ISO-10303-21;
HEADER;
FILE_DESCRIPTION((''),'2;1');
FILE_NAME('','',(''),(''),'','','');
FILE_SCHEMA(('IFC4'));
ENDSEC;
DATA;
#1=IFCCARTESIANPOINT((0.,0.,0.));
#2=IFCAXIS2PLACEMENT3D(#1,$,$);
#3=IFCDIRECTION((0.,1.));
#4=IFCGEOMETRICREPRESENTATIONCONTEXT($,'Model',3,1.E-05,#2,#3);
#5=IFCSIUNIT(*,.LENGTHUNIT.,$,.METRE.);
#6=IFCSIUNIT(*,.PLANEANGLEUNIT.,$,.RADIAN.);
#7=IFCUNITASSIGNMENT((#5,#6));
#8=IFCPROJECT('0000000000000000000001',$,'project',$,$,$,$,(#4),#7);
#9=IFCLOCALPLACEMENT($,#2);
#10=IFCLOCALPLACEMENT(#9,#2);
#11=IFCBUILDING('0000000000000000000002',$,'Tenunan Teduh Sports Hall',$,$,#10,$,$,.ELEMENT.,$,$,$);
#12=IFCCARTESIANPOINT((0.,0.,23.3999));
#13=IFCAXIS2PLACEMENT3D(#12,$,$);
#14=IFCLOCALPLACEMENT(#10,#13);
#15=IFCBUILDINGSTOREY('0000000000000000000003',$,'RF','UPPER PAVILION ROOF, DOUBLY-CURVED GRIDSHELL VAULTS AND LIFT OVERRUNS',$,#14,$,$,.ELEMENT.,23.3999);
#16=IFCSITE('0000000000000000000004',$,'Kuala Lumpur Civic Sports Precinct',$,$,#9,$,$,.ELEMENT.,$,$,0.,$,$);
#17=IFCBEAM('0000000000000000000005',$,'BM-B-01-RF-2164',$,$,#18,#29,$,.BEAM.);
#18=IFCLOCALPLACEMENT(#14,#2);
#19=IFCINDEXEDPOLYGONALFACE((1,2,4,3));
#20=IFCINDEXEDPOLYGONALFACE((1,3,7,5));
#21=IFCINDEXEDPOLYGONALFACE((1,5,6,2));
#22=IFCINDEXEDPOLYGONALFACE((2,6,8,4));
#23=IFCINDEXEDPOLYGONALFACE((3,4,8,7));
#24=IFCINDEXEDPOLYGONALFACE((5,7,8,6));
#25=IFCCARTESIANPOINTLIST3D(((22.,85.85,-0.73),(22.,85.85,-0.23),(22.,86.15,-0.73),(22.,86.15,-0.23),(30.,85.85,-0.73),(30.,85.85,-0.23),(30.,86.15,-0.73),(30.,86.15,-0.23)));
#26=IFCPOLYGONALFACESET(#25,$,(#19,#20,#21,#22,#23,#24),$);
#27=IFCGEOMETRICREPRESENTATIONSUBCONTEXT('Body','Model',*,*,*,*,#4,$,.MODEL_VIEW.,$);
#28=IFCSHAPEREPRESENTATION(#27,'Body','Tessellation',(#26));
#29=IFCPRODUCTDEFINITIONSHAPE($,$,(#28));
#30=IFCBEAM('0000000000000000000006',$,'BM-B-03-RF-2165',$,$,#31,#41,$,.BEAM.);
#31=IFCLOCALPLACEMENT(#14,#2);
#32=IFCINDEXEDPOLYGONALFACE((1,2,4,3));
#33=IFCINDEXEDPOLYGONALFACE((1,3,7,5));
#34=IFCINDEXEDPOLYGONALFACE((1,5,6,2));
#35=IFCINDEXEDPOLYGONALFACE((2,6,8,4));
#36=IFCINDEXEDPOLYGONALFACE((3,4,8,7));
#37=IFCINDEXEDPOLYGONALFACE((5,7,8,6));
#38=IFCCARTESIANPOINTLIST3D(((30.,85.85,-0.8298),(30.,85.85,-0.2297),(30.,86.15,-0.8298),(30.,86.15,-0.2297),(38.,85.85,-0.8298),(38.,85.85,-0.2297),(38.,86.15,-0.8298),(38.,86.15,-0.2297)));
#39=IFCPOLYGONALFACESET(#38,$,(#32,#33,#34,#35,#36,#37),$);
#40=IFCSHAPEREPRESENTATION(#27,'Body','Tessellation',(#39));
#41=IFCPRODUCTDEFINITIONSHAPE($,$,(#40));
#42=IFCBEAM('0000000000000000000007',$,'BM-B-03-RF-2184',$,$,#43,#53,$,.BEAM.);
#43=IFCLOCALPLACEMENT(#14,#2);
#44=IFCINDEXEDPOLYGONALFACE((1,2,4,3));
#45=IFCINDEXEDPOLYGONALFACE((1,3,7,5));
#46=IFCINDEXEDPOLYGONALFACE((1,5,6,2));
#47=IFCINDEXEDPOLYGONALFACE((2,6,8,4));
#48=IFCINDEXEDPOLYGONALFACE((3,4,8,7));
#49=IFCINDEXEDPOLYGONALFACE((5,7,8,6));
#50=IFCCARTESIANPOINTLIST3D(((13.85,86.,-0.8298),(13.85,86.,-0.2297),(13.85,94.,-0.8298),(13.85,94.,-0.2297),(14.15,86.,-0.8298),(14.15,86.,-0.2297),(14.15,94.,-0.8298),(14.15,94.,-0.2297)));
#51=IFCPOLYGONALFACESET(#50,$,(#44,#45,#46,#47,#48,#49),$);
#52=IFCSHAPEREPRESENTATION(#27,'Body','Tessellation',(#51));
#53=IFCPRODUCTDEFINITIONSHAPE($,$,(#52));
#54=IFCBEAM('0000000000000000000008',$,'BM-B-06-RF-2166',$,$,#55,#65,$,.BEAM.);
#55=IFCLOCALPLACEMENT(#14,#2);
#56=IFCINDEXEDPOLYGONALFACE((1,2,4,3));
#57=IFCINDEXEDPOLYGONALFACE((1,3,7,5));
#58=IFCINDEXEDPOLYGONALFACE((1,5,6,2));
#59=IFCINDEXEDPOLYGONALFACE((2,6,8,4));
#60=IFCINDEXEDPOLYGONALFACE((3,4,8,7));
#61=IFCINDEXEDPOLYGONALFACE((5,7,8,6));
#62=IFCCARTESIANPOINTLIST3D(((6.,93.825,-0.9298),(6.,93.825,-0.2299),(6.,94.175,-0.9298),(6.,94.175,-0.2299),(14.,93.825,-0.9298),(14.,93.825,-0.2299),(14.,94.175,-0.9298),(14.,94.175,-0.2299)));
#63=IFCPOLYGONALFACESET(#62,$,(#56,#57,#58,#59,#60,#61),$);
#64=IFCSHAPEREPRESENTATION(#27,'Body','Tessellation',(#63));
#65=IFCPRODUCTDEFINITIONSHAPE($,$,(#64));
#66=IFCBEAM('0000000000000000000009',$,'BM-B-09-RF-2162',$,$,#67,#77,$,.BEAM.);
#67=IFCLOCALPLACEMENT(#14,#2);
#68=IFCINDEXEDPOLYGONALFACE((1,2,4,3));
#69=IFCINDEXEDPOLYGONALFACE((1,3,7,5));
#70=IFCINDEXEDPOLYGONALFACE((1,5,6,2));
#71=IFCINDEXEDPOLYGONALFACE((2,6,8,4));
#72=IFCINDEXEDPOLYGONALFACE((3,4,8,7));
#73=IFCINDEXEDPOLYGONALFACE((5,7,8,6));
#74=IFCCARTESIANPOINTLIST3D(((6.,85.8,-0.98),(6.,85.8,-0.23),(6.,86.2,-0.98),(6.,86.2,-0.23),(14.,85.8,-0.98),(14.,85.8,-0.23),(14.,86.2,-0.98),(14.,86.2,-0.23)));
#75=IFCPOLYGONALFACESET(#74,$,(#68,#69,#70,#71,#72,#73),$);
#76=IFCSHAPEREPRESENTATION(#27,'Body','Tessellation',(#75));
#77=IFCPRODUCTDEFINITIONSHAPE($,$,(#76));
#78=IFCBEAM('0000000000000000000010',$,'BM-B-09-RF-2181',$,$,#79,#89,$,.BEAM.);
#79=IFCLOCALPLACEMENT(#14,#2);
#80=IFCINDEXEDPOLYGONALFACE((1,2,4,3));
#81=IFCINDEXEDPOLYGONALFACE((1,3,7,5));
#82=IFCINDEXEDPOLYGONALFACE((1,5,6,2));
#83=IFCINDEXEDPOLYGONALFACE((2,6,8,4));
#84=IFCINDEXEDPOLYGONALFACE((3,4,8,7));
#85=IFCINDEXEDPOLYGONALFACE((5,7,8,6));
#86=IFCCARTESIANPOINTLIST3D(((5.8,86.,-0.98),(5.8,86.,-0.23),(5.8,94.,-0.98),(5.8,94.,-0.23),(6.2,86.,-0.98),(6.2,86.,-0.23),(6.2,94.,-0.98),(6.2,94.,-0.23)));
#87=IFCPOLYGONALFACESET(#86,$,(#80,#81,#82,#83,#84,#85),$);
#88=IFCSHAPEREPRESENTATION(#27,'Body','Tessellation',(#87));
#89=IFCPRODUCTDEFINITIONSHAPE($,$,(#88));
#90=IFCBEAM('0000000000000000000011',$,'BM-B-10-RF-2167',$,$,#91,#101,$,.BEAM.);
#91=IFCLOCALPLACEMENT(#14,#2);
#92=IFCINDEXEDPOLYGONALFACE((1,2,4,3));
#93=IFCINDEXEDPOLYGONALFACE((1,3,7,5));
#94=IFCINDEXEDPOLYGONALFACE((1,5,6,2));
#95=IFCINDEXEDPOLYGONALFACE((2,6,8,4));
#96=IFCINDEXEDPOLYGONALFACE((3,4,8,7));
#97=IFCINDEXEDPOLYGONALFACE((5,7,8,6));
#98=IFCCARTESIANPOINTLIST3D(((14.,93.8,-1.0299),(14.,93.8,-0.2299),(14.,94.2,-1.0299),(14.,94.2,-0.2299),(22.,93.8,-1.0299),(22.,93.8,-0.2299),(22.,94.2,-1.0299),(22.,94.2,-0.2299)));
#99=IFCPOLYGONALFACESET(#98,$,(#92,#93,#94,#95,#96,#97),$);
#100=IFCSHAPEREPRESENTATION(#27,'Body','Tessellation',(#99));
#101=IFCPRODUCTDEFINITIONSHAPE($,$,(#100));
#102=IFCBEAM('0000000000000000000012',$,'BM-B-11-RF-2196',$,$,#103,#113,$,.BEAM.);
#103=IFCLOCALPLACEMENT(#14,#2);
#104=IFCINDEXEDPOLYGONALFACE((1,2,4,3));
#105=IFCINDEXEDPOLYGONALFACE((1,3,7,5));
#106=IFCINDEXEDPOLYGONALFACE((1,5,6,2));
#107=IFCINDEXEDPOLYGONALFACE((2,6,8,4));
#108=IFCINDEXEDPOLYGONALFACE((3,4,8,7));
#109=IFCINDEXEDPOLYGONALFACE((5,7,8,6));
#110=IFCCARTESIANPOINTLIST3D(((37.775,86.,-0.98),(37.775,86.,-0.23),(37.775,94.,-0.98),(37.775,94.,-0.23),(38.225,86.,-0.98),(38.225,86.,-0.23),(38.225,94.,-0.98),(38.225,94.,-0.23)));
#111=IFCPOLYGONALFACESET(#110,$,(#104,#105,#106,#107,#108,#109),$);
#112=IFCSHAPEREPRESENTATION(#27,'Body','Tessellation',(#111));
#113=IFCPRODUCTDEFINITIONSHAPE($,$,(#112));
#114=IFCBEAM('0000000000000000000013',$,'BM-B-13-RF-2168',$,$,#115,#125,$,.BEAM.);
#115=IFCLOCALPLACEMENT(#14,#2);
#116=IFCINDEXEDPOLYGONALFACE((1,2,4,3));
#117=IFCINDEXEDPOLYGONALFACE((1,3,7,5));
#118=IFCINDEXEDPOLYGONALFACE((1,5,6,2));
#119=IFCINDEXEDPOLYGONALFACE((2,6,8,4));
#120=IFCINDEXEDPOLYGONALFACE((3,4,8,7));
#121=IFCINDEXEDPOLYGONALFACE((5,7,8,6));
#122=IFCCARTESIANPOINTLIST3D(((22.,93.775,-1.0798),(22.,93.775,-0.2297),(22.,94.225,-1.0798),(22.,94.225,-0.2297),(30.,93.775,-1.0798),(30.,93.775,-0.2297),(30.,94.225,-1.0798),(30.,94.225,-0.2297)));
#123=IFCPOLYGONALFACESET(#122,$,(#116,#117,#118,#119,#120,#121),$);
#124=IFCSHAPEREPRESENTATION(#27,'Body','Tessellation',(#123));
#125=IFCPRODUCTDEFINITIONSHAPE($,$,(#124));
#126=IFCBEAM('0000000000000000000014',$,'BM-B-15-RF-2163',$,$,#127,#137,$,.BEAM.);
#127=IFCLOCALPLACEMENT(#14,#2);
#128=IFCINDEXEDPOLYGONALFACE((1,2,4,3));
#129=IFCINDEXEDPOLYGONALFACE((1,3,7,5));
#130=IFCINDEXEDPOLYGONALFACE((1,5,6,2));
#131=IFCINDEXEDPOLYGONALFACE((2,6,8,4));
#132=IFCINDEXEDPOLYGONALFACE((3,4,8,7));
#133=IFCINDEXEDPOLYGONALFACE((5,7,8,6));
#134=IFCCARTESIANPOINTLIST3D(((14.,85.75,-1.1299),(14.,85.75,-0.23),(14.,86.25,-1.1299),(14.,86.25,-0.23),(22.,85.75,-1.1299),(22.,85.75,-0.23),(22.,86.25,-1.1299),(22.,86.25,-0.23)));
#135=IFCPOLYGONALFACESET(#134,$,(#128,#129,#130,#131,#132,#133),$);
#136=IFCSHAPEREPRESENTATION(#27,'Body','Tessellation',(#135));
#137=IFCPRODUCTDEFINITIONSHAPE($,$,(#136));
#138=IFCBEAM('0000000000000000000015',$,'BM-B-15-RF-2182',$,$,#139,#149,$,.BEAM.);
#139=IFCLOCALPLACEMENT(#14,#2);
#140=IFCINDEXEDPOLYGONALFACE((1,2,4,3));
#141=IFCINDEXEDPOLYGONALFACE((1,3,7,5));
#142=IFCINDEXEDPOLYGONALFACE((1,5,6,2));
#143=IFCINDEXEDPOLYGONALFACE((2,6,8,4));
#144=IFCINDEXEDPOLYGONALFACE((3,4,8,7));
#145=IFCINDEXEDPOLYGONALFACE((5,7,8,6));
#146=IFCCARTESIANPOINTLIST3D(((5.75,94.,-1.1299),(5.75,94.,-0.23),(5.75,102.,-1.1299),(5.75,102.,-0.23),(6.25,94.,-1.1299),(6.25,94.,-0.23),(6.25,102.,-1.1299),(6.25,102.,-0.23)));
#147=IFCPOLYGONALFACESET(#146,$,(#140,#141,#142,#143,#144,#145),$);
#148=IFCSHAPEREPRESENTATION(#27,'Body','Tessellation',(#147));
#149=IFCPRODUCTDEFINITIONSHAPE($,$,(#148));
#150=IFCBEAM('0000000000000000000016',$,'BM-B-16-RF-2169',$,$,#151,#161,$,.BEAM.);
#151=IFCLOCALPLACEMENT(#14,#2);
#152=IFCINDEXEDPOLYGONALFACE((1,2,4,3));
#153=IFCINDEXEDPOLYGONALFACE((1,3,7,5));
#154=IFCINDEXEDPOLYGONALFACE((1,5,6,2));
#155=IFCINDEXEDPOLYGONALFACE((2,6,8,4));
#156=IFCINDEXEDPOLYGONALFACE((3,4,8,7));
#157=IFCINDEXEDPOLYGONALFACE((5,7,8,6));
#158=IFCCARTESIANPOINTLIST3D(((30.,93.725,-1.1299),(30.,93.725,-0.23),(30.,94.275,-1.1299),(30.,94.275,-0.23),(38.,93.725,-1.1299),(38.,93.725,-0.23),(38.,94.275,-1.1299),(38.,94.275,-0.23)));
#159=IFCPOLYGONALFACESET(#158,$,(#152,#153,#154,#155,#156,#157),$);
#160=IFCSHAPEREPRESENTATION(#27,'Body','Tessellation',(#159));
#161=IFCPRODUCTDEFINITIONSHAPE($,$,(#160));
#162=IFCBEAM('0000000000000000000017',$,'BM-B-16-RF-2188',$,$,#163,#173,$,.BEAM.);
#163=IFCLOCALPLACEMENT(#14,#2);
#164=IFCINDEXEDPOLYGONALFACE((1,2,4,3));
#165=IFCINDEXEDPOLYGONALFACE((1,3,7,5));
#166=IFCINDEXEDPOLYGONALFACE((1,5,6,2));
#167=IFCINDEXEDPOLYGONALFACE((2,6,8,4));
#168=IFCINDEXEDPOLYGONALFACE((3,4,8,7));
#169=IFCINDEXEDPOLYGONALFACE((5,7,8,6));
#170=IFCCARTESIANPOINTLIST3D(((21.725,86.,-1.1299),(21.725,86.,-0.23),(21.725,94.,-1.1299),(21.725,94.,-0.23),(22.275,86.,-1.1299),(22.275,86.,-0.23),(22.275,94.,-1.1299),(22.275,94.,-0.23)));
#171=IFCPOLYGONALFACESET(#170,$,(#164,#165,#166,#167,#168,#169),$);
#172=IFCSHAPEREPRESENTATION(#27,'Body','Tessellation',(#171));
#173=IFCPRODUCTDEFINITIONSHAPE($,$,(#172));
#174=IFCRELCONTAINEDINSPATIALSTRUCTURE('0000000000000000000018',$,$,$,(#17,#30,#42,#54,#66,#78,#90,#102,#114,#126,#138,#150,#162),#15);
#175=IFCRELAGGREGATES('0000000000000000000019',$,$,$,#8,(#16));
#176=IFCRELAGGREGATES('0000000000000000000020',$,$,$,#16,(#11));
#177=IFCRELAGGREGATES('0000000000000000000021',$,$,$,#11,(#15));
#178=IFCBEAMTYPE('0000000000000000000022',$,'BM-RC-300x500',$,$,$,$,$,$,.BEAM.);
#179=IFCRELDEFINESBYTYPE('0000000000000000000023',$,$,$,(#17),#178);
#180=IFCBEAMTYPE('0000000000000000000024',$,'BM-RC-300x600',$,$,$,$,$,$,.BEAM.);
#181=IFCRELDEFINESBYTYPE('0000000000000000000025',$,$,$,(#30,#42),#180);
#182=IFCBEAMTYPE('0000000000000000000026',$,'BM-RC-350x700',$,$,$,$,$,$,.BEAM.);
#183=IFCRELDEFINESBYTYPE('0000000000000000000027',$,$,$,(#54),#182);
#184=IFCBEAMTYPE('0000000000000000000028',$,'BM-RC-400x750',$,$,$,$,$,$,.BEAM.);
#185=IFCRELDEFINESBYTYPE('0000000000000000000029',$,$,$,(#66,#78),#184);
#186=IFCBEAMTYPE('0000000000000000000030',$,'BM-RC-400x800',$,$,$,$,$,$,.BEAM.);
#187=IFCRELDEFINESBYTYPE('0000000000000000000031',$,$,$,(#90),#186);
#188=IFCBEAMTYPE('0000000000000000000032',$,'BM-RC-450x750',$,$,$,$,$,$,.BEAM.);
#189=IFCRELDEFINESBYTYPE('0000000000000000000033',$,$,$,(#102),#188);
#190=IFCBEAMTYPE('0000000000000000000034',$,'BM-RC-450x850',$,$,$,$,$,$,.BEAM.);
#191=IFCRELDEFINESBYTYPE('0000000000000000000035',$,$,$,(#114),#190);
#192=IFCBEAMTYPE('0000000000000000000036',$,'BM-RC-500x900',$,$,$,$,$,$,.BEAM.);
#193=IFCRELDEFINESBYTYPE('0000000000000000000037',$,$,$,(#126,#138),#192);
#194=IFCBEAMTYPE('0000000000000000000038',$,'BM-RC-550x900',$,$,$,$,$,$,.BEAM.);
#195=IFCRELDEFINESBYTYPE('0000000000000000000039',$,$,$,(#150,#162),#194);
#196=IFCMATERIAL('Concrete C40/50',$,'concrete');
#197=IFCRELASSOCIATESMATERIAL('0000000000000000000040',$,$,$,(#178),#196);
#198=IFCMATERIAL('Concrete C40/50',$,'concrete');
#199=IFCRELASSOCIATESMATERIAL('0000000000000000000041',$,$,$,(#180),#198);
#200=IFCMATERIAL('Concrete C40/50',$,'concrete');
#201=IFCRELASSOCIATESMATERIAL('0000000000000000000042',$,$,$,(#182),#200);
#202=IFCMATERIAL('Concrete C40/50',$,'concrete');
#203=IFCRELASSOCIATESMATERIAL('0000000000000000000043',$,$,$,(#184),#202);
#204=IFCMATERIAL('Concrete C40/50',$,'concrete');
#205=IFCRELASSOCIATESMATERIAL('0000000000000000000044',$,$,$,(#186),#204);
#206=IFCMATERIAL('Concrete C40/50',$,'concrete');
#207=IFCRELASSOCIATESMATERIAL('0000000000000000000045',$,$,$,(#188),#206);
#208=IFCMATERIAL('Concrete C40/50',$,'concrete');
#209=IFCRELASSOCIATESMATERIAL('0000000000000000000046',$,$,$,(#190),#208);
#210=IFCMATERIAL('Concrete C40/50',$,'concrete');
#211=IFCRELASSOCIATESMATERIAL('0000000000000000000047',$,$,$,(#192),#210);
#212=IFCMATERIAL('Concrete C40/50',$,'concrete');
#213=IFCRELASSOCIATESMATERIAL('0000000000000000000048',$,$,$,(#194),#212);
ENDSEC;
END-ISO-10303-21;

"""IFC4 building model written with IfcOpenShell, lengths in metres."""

from ifc_helpers import new_model, si_unit, direction, frame, origin, origin_2d, place, context, subcontext, project, spatial, rectangle, extrude, material, material_profile, profile_set, type_object, element, save


model = new_model("IFC4")

# Units and contexts
model_context = context("Model", 3, precision=1e-05, world=origin(), true_north=direction((0.0, 1.0)))
body_context = subcontext(model_context, "Body", "Model", "MODEL_VIEW")
ifc_project = project(units=[si_unit("LENGTHUNIT", "METRE"), si_unit("PLANEANGLEUNIT", "RADIAN")], contexts=[model_context])

# Site, building, storey
site_placement = place(None, origin())
site = spatial("IfcSite", under=ifc_project, at=site_placement, Name="Kuala Lumpur Civic Sports Precinct", CompositionType="ELEMENT", RefElevation=0.0)
building_placement = place(site_placement, origin())
building = spatial("IfcBuilding", under=site, at=building_placement, Name="Tenunan Teduh Sports Hall", CompositionType="ELEMENT")
storey_placement = place(building_placement, frame((0.0, 0.0, 23.3999)))
storey = spatial("IfcBuildingStorey", under=building, at=storey_placement, Name="RF", Description="UPPER PAVILION ROOF, DOUBLY-CURVED GRIDSHELL VAULTS AND LIFT OVERRUNS", CompositionType="ELEMENT", Elevation=23.3999)

# Beams
ifc_material_1 = material(Name="Concrete C40/50", Category="concrete")
ifc_material_profile_1 = material_profile(ifc_material_1, rectangle(XDim=0.3, YDim=0.5, at=origin_2d()), Name="RCB 300x500")
ifc_profile_set_1 = profile_set([ifc_material_profile_1], Name="Concrete C40/50")
beam_type_1 = type_object("IfcBeamType", Name="BM-RC-300x500", PredefinedType="BEAM", material=ifc_profile_set_1)
beam_1_placement = place(storey_placement, frame((22.0, 86.0, -0.48), z_axis=(1.0, 0.0, 0.0), x_axis=(0.0, 1.0, 0.0)))
element("IfcBeam", 1, at=beam_1_placement, inside=storey, type_object=beam_type_1, Name="BM-B-01-RF-2164", PredefinedType="BEAM", context=body_context, shape_type="SweptSolid", body=[
    extrude(rectangle(XDim=0.3, YDim=0.5, at=origin_2d()), origin(), (0.0, 0.0, 1.0), 8.0),
])
ifc_material_2 = material(Name="Concrete C40/50", Category="concrete")
ifc_material_profile_2 = material_profile(ifc_material_2, rectangle(XDim=0.3, YDim=0.6001, at=origin_2d()), Name="RCB 300x600")
ifc_profile_set_2 = profile_set([ifc_material_profile_2], Name="Concrete C40/50")
beam_type_2 = type_object("IfcBeamType", Name="BM-RC-300x600", PredefinedType="BEAM", material=ifc_profile_set_2)
for number, where, z_axis, x_axis, name in (
    (2, (30.0, 86.0, -0.5298), (1.0, 0.0, 0.0), (0.0, 1.0, 0.0), "BM-B-03-RF-2165"),
    (3, (14.0, 86.0, -0.5298), (0.0, 1.0, 0.0), (-1.0, 0.0, 0.0), "BM-B-03-RF-2184"),
):
    element("IfcBeam", number, at=place(storey_placement, frame(where, z_axis=z_axis, x_axis=x_axis)), inside=storey, type_object=beam_type_2, Name=name, PredefinedType="BEAM", context=body_context, shape_type="SweptSolid", body=[
        extrude(rectangle(XDim=0.3, YDim=0.6001, at=origin_2d()), origin(), (0.0, 0.0, 1.0), 8.0),
    ])
ifc_material_3 = material(Name="Concrete C40/50", Category="concrete")
ifc_material_profile_3 = material_profile(ifc_material_3, rectangle(XDim=0.3501, YDim=0.7, at=origin_2d()), Name="RCB 350x700")
ifc_profile_set_3 = profile_set([ifc_material_profile_3], Name="Concrete C40/50")
beam_type_3 = type_object("IfcBeamType", Name="BM-RC-350x700", PredefinedType="BEAM", material=ifc_profile_set_3)
beam_2_placement = place(storey_placement, frame((6.0, 94.0, -0.5798), z_axis=(1.0, 0.0, 0.0), x_axis=(0.0, 1.0, 0.0)))
element("IfcBeam", 4, at=beam_2_placement, inside=storey, type_object=beam_type_3, Name="BM-B-06-RF-2166", PredefinedType="BEAM", context=body_context, shape_type="SweptSolid", body=[
    extrude(rectangle(XDim=0.3501, YDim=0.7, at=origin_2d()), origin(), (0.0, 0.0, 1.0), 8.0),
])
ifc_material_4 = material(Name="Concrete C40/50", Category="concrete")
ifc_material_profile_4 = material_profile(ifc_material_4, rectangle(XDim=0.3999, YDim=0.75, at=origin_2d()), Name="RCB 400x750")
ifc_profile_set_4 = profile_set([ifc_material_profile_4], Name="Concrete C40/50")
beam_type_4 = type_object("IfcBeamType", Name="BM-RC-400x750", PredefinedType="BEAM", material=ifc_profile_set_4)
for number, where, z_axis, x_axis, name in (
    (5, (6.0, 86.0, -0.605), (1.0, 0.0, 0.0), (0.0, 1.0, 0.0), "BM-B-09-RF-2162"),
    (6, (6.0, 86.0, -0.605), (0.0, 1.0, 0.0), (-1.0, 0.0, 0.0), "BM-B-09-RF-2181"),
):
    element("IfcBeam", number, at=place(storey_placement, frame(where, z_axis=z_axis, x_axis=x_axis)), inside=storey, type_object=beam_type_4, Name=name, PredefinedType="BEAM", context=body_context, shape_type="SweptSolid", body=[
        extrude(rectangle(XDim=0.3999, YDim=0.75, at=origin_2d()), origin(), (0.0, 0.0, 1.0), 8.0),
    ])
ifc_material_5 = material(Name="Concrete C40/50", Category="concrete")
ifc_material_profile_5 = material_profile(ifc_material_5, rectangle(XDim=0.3999, YDim=0.8, at=origin_2d()), Name="RCB 400x800")
ifc_profile_set_5 = profile_set([ifc_material_profile_5], Name="Concrete C40/50")
beam_type_5 = type_object("IfcBeamType", Name="BM-RC-400x800", PredefinedType="BEAM", material=ifc_profile_set_5)
beam_3_placement = place(storey_placement, frame((14.0, 94.0, -0.6299), z_axis=(1.0, 0.0, 0.0), x_axis=(0.0, 1.0, 0.0)))
element("IfcBeam", 7, at=beam_3_placement, inside=storey, type_object=beam_type_5, Name="BM-B-10-RF-2167", PredefinedType="BEAM", context=body_context, shape_type="SweptSolid", body=[
    extrude(rectangle(XDim=0.3999, YDim=0.8, at=origin_2d()), origin(), (0.0, 0.0, 1.0), 8.0),
])
ifc_material_6 = material(Name="Concrete C40/50", Category="concrete")
ifc_material_profile_6 = material_profile(ifc_material_6, rectangle(XDim=0.45, YDim=0.75, at=origin_2d()), Name="RCB 450x750")
ifc_profile_set_6 = profile_set([ifc_material_profile_6], Name="Concrete C40/50")
beam_type_6 = type_object("IfcBeamType", Name="BM-RC-450x750", PredefinedType="BEAM", material=ifc_profile_set_6)
beam_4_placement = place(storey_placement, frame((38.0, 86.0, -0.605), z_axis=(0.0, 1.0, 0.0), x_axis=(-1.0, 0.0, 0.0)))
element("IfcBeam", 8, at=beam_4_placement, inside=storey, type_object=beam_type_6, Name="BM-B-11-RF-2196", PredefinedType="BEAM", context=body_context, shape_type="SweptSolid", body=[
    extrude(rectangle(XDim=0.45, YDim=0.75, at=origin_2d()), origin(), (0.0, 0.0, 1.0), 8.0),
])
ifc_material_7 = material(Name="Concrete C40/50", Category="concrete")
ifc_material_profile_7 = material_profile(ifc_material_7, rectangle(XDim=0.45, YDim=0.8501, at=origin_2d()), Name="RCB 450x850")
ifc_profile_set_7 = profile_set([ifc_material_profile_7], Name="Concrete C40/50")
beam_type_7 = type_object("IfcBeamType", Name="BM-RC-450x850", PredefinedType="BEAM", material=ifc_profile_set_7)
beam_5_placement = place(storey_placement, frame((22.0, 94.0, -0.6548), z_axis=(1.0, 0.0, 0.0), x_axis=(0.0, 1.0, 0.0)))
element("IfcBeam", 9, at=beam_5_placement, inside=storey, type_object=beam_type_7, Name="BM-B-13-RF-2168", PredefinedType="BEAM", context=body_context, shape_type="SweptSolid", body=[
    extrude(rectangle(XDim=0.45, YDim=0.8501, at=origin_2d()), origin(), (0.0, 0.0, 1.0), 8.0),
])
ifc_material_8 = material(Name="Concrete C40/50", Category="concrete")
ifc_material_profile_8 = material_profile(ifc_material_8, rectangle(XDim=0.5, YDim=0.8999, at=origin_2d()), Name="RCB 500x900")
ifc_profile_set_8 = profile_set([ifc_material_profile_8], Name="Concrete C40/50")
beam_type_8 = type_object("IfcBeamType", Name="BM-RC-500x900", PredefinedType="BEAM", material=ifc_profile_set_8)
for number, where, z_axis, x_axis, name in (
    (10, (14.0, 86.0, -0.6799), (1.0, 0.0, 0.0), (0.0, 1.0, 0.0), "BM-B-15-RF-2163"),
    (11, (6.0, 94.0, -0.6799), (0.0, 1.0, 0.0), (-1.0, 0.0, 0.0), "BM-B-15-RF-2182"),
):
    element("IfcBeam", number, at=place(storey_placement, frame(where, z_axis=z_axis, x_axis=x_axis)), inside=storey, type_object=beam_type_8, Name=name, PredefinedType="BEAM", context=body_context, shape_type="SweptSolid", body=[
        extrude(rectangle(XDim=0.5, YDim=0.8999, at=origin_2d()), origin(), (0.0, 0.0, 1.0), 8.0),
    ])
ifc_material_9 = material(Name="Concrete C40/50", Category="concrete")
ifc_material_profile_9 = material_profile(ifc_material_9, rectangle(XDim=0.55, YDim=0.8999, at=origin_2d()), Name="RCB 550x900")
ifc_profile_set_9 = profile_set([ifc_material_profile_9], Name="Concrete C40/50")
beam_type_9 = type_object("IfcBeamType", Name="BM-RC-550x900", PredefinedType="BEAM", material=ifc_profile_set_9)
for number, where, z_axis, x_axis, name in (
    (12, (30.0, 94.0, -0.6799), (1.0, 0.0, 0.0), (0.0, 1.0, 0.0), "BM-B-16-RF-2169"),
    (13, (22.0, 86.0, -0.6799), (0.0, 1.0, 0.0), (-1.0, 0.0, 0.0), "BM-B-16-RF-2188"),
):
    element("IfcBeam", number, at=place(storey_placement, frame(where, z_axis=z_axis, x_axis=x_axis)), inside=storey, type_object=beam_type_9, Name=name, PredefinedType="BEAM", context=body_context, shape_type="SweptSolid", body=[
        extrude(rectangle(XDim=0.55, YDim=0.8999, at=origin_2d()), origin(), (0.0, 0.0, 1.0), 8.0),
    ])

save(model, "model.ifc")
